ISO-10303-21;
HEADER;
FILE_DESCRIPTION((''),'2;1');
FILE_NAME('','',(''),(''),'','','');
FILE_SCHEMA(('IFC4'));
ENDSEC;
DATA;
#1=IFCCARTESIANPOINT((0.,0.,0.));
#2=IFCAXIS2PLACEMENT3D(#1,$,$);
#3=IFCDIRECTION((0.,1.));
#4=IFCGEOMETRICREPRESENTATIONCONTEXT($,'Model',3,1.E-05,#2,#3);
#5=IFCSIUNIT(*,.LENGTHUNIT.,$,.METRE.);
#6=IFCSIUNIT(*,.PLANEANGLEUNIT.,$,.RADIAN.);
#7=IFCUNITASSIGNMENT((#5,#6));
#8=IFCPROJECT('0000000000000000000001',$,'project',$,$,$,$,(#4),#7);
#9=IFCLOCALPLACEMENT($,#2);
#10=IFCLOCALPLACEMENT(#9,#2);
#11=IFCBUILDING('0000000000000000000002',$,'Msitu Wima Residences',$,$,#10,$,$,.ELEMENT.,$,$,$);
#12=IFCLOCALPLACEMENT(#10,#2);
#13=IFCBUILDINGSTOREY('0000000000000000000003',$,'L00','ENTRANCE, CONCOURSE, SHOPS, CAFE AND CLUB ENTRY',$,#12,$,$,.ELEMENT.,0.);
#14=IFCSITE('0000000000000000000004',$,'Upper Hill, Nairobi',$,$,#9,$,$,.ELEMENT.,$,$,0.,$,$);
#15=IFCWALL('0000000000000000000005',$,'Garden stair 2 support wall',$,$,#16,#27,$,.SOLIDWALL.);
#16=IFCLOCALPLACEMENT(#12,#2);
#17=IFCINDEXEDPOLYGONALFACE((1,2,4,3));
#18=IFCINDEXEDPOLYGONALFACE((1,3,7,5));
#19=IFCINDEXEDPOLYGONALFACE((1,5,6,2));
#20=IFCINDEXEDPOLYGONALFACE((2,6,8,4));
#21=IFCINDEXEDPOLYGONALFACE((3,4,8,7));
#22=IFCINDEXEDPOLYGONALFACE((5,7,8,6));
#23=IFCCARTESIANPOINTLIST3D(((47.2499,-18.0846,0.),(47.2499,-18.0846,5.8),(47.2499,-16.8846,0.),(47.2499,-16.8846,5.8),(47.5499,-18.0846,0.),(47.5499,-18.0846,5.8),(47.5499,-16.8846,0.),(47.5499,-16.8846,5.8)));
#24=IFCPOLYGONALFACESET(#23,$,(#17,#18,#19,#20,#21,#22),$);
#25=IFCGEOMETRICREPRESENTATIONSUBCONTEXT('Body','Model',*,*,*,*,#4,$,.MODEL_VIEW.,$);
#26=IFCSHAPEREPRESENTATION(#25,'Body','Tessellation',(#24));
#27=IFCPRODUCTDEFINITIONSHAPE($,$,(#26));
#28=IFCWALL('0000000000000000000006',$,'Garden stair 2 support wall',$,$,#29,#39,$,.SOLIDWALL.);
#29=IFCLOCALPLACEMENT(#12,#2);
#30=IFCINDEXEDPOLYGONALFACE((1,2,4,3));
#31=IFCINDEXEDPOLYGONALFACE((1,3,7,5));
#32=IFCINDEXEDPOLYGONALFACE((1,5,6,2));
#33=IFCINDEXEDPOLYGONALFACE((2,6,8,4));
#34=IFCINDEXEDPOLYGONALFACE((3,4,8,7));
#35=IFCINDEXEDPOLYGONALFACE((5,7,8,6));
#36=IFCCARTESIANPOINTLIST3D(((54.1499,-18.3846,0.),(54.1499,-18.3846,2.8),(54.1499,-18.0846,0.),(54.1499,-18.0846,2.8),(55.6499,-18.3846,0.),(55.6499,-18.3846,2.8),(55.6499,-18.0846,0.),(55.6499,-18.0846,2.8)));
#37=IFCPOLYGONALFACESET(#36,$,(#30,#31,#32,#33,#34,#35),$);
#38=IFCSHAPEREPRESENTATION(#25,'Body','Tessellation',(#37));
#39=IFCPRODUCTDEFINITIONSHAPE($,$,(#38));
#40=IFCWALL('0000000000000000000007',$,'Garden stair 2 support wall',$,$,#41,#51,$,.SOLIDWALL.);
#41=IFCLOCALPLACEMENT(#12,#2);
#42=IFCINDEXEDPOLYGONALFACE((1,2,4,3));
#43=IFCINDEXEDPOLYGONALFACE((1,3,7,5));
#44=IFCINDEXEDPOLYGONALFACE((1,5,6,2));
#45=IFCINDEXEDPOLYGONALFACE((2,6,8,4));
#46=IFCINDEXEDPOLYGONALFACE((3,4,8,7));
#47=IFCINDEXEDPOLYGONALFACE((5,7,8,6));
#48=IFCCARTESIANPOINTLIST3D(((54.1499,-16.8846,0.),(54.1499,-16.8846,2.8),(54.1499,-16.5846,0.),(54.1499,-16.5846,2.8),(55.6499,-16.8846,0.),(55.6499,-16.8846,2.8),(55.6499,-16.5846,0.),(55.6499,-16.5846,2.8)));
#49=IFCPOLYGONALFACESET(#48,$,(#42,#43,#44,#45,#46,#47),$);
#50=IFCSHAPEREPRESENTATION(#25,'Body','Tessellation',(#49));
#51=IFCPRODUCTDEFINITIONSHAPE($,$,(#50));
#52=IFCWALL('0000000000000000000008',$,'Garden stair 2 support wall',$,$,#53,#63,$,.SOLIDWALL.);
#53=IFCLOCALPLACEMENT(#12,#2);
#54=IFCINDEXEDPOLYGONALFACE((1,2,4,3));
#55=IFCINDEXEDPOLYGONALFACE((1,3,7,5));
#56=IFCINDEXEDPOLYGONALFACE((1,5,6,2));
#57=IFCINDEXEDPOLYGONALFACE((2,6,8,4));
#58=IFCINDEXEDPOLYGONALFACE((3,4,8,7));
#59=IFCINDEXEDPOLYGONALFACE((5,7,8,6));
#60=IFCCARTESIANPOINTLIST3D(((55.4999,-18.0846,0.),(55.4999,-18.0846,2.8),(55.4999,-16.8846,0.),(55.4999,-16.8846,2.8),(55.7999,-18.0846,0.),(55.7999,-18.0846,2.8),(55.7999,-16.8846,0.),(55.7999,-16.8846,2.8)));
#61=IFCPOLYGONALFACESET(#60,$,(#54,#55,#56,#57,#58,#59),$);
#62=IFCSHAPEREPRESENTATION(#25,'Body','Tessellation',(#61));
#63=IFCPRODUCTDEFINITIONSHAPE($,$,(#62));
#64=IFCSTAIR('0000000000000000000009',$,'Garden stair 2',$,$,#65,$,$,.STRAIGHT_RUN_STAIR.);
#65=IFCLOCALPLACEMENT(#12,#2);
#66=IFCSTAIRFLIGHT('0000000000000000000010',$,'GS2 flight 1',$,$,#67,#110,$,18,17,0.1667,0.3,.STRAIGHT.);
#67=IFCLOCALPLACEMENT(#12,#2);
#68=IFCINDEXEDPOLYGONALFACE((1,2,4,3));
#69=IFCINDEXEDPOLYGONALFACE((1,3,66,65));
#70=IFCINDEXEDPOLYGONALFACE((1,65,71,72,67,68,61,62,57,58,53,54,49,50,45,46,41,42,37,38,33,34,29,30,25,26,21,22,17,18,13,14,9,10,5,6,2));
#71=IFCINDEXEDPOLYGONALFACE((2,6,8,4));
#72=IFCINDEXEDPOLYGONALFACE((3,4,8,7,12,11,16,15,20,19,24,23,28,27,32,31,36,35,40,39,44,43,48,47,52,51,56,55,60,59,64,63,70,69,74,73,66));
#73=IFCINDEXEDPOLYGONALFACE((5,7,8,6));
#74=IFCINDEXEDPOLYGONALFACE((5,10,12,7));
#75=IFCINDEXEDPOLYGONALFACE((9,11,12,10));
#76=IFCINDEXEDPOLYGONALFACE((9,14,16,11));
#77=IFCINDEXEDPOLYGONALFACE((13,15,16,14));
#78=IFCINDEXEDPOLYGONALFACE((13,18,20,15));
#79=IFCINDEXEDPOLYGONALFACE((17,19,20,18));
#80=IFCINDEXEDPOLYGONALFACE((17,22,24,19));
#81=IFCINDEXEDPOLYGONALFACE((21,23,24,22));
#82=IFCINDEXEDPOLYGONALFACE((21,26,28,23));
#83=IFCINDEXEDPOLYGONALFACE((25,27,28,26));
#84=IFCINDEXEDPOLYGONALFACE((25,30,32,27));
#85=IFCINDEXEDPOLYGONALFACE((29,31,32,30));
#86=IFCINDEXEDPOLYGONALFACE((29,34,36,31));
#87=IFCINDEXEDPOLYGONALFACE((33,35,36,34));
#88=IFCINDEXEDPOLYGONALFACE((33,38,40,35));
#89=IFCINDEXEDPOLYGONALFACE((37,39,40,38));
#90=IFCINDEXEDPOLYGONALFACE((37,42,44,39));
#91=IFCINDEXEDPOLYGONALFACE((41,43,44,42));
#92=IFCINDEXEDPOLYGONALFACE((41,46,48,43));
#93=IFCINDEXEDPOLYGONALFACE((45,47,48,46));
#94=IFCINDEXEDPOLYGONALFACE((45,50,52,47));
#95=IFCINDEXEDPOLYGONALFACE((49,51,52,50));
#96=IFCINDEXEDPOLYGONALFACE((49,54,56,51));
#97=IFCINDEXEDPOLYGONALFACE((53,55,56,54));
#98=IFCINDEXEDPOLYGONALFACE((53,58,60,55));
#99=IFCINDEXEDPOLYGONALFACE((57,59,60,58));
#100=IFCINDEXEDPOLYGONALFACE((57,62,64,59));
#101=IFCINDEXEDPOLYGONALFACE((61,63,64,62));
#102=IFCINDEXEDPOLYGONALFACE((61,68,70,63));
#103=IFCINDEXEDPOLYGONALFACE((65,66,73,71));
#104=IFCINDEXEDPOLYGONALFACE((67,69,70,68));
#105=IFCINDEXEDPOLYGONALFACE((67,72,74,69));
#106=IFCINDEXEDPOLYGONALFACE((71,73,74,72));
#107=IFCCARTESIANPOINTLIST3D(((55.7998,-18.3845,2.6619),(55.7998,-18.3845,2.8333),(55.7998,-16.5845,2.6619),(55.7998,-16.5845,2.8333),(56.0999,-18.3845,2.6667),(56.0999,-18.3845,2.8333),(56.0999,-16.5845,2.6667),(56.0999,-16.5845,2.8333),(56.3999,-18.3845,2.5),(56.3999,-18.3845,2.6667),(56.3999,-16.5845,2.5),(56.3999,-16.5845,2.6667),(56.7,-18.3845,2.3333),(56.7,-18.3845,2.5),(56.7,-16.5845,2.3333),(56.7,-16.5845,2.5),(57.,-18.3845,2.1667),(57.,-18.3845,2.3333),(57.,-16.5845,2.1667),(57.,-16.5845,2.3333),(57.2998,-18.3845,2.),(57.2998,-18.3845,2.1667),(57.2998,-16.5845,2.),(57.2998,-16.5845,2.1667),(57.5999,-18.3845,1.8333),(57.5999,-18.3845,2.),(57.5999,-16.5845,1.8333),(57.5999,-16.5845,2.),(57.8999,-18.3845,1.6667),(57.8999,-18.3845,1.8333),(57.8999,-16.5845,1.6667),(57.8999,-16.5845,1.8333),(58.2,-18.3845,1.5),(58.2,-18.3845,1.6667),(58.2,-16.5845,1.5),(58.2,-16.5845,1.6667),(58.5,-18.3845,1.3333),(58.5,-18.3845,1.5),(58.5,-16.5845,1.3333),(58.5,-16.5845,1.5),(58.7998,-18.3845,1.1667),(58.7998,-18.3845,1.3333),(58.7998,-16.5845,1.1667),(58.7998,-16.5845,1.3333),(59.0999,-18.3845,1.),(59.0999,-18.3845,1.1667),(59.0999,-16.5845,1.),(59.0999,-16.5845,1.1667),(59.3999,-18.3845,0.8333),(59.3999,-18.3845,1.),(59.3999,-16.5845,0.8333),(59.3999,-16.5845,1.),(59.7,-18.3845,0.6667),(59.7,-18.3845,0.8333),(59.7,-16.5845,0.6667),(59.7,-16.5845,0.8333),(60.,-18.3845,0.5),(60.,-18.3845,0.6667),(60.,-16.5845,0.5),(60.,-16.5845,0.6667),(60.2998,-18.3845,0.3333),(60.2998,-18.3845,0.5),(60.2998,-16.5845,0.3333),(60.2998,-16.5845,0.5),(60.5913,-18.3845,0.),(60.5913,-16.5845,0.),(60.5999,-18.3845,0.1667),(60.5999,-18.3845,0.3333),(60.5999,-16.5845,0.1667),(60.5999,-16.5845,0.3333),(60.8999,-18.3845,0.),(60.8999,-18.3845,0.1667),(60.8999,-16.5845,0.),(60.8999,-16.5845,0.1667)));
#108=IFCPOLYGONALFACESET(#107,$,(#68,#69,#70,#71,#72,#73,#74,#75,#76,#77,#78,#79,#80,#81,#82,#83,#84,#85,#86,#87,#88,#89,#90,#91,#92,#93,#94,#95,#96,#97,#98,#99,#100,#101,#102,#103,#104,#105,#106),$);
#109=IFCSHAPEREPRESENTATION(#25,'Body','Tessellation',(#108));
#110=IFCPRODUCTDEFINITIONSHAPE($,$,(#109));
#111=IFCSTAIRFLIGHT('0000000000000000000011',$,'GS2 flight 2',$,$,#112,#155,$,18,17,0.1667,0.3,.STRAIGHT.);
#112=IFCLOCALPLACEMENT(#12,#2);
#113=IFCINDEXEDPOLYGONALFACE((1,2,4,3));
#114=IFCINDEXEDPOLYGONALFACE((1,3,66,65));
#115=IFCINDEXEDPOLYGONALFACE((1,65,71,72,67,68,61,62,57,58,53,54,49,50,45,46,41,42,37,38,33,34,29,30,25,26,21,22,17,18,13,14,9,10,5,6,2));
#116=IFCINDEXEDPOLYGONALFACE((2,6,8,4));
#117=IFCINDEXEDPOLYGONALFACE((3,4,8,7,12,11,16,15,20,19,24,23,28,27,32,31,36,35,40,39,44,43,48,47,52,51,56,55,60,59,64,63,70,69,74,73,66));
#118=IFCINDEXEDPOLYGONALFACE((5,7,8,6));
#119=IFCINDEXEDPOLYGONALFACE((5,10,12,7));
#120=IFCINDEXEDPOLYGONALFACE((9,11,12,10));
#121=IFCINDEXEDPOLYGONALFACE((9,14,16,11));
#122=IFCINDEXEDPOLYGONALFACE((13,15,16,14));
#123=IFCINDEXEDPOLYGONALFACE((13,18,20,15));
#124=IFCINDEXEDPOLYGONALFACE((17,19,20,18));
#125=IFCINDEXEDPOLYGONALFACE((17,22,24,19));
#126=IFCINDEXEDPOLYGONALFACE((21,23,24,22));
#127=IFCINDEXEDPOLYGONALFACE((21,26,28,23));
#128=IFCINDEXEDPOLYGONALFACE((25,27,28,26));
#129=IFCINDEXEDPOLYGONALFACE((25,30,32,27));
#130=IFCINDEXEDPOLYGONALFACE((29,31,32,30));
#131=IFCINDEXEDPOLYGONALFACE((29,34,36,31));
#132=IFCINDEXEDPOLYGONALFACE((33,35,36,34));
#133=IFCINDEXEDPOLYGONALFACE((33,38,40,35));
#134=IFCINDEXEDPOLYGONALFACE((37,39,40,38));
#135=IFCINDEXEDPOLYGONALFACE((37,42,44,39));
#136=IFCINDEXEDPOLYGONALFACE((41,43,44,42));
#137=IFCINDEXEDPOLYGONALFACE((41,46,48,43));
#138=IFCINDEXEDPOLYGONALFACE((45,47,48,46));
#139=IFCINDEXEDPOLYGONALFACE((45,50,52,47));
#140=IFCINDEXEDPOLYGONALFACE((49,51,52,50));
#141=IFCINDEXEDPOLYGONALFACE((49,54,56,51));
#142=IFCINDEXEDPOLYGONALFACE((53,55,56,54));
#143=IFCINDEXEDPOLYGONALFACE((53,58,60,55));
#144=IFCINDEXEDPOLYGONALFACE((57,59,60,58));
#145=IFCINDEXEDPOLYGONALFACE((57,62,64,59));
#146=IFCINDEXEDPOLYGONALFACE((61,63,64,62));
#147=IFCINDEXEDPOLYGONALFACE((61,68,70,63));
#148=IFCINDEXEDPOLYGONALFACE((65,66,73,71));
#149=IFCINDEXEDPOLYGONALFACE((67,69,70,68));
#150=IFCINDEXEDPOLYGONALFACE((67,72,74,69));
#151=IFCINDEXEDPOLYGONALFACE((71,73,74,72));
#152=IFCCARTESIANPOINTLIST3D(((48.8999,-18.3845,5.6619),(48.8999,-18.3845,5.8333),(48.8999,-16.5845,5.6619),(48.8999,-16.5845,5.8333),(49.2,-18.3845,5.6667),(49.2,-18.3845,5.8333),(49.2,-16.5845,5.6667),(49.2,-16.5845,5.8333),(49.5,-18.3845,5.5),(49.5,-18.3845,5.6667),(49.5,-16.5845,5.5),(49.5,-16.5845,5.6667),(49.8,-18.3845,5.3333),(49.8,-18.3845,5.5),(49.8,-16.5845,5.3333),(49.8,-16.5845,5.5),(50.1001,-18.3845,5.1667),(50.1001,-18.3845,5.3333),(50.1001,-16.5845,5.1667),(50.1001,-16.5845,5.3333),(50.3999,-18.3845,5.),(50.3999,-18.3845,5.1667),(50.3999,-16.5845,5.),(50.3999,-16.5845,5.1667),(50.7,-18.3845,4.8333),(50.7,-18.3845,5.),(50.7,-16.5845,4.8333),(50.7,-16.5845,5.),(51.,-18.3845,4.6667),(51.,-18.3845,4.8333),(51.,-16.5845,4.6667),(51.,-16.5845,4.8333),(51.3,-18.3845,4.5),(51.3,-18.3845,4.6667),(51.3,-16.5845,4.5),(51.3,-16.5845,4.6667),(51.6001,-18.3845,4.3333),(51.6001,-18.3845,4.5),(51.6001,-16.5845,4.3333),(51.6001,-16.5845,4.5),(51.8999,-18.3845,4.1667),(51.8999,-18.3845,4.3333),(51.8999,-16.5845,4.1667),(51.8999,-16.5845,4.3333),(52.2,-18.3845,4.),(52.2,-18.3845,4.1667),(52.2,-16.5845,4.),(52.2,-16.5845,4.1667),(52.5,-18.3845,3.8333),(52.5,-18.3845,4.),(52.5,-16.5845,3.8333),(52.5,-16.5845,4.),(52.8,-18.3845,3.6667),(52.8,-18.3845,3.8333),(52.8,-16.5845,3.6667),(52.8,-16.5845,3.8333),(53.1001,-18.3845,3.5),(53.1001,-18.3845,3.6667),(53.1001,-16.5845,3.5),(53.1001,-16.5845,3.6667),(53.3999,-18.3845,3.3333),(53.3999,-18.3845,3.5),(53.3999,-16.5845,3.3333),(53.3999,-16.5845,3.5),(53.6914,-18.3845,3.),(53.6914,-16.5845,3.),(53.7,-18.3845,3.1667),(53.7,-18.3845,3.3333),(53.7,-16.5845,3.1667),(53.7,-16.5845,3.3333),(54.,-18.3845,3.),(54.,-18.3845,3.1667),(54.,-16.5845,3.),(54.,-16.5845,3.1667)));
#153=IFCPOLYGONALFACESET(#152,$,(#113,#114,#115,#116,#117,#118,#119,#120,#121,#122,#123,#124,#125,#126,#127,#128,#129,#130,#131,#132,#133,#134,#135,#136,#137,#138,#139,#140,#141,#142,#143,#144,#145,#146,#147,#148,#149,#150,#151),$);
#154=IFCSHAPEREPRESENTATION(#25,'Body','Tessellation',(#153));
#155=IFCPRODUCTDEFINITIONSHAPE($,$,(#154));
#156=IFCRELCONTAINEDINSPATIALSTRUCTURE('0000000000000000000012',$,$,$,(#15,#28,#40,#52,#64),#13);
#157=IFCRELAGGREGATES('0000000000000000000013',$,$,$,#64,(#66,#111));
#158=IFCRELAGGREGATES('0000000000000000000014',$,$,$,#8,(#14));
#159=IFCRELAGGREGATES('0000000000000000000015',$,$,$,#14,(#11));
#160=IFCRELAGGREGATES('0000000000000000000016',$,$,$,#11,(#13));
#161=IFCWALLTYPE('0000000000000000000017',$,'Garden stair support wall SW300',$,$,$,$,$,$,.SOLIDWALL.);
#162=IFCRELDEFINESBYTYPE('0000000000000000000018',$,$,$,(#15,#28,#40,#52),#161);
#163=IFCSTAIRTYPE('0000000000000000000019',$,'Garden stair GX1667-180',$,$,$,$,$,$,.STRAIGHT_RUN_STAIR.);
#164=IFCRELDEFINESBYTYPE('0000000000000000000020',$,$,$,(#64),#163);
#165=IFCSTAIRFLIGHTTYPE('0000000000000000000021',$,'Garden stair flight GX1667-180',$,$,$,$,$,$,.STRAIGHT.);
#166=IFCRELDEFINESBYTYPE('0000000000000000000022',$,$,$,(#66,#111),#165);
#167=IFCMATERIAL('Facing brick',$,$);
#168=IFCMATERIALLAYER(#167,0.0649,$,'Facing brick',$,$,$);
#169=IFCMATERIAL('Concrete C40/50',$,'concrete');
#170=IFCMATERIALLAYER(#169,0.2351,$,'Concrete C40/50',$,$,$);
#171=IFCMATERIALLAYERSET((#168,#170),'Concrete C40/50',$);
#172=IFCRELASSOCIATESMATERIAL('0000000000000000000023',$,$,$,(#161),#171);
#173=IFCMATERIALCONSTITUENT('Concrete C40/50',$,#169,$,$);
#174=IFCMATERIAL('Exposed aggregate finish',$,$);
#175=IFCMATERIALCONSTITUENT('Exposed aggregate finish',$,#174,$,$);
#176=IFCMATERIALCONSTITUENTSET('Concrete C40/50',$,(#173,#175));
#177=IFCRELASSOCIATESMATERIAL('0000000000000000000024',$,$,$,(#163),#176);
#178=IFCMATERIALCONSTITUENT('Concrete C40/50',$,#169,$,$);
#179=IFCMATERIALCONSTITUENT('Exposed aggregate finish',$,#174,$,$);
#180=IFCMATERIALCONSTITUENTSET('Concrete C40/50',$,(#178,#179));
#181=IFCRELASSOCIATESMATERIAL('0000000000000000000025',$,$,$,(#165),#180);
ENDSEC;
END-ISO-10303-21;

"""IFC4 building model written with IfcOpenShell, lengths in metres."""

from ifc_helpers import new_model, si_unit, direction, frame, frame_2d, origin, place, context, subcontext, project, spatial, polyline, rectangle, outline, extrude, material, layer, layer_set, constituent, constituent_set, type_object, element, aggregate, save


model = new_model("IFC4")

# Units and contexts
model_context = context("Model", 3, precision=1e-05, world=origin(), true_north=direction((0.0, 1.0)))
body_context = subcontext(model_context, "Body", "Model", "MODEL_VIEW")
ifc_project = project(units=[si_unit("LENGTHUNIT", "METRE"), si_unit("PLANEANGLEUNIT", "RADIAN")], contexts=[model_context])

# Site, building, storey
site_placement = place(None, origin())
site = spatial("IfcSite", under=ifc_project, at=site_placement, Name="Upper Hill, Nairobi", CompositionType="ELEMENT", RefElevation=0.0)
building_placement = place(site_placement, origin())
building = spatial("IfcBuilding", under=site, at=building_placement, Name="Msitu Wima Residences", CompositionType="ELEMENT")
storey_placement = place(building_placement, origin())
storey = spatial("IfcBuildingStorey", under=building, at=storey_placement, Name="L00", Description="ENTRANCE, CONCOURSE, SHOPS, CAFE AND CLUB ENTRY", CompositionType="ELEMENT", Elevation=0.0)

# Walls
ifc_material_1 = material(Name="Facing brick")
ifc_layer_1 = layer(ifc_material_1, 0.0649, Name="Facing brick")
ifc_material_2 = material(Name="Concrete C40/50", Category="concrete")
ifc_layer_2 = layer(ifc_material_2, 0.2351, Name="Concrete C40/50")
ifc_layer_set_1 = layer_set([ifc_layer_1, ifc_layer_2], Name="Concrete C40/50")
wall_type_1 = type_object("IfcWallType", Name="Garden stair support wall SW300", PredefinedType="SOLIDWALL", material=ifc_layer_set_1)
wall_1_placement = place(storey_placement, frame((47.3999, -18.0847, 0.0), z_axis=(0.0, 0.0, 1.0), x_axis=(0.0, 1.0, 0.0)))
element("IfcWall", 1, at=wall_1_placement, inside=storey, type_object=wall_type_1, Name="Garden stair 2 support wall", PredefinedType="SOLIDWALL", context=body_context, shape_type="SweptSolid", body=[
    extrude(rectangle(XDim=1.2, YDim=0.3, at=frame_2d((0.6001, 0.0))), origin(), (0.0, 0.0, 1.0), 5.8),
])
for number, where, z_axis, x_axis, name in (
    (2, (54.1499, -18.2346, 0.0), (0.0, 0.0, 1.0), (1.0, 0.0, 0.0), "Garden stair 2 support wall"),
    (3, (54.1499, -16.7346, 0.0), (0.0, 0.0, 1.0), (1.0, 0.0, 0.0), "Garden stair 2 support wall"),
):
    element("IfcWall", number, at=place(storey_placement, frame(where, z_axis=z_axis, x_axis=x_axis)), inside=storey, type_object=wall_type_1, Name=name, PredefinedType="SOLIDWALL", context=body_context, shape_type="SweptSolid", body=[
        extrude(rectangle(XDim=1.5, YDim=0.3, at=frame_2d((0.75, 0.0))), origin(), (0.0, 0.0, 1.0), 2.8),
    ])
wall_2_placement = place(storey_placement, frame((55.6499, -18.0847, 0.0), z_axis=(0.0, 0.0, 1.0), x_axis=(0.0, 1.0, 0.0)))
element("IfcWall", 4, at=wall_2_placement, inside=storey, type_object=wall_type_1, Name="Garden stair 2 support wall", PredefinedType="SOLIDWALL", context=body_context, shape_type="SweptSolid", body=[
    extrude(rectangle(XDim=1.2, YDim=0.3, at=frame_2d((0.6001, 0.0))), origin(), (0.0, 0.0, 1.0), 2.8),
])

# Stair, stair flights
ifc_constituent_1 = constituent(ifc_material_2, Name="Concrete C40/50")
ifc_material_3 = material(Name="Exposed aggregate finish")
ifc_constituent_2 = constituent(ifc_material_3, Name="Exposed aggregate finish")
ifc_constituent_set_1 = constituent_set(constituents=[ifc_constituent_1, ifc_constituent_2], Name="Concrete C40/50")
stair_type = type_object("IfcStairType", Name="Garden stair GX1667-180", PredefinedType="STRAIGHT_RUN_STAIR", material=ifc_constituent_set_1)
stair_placement = place(storey_placement, origin())
stair = element("IfcStair", 5, at=stair_placement, inside=storey, type_object=stair_type, Name="Garden stair 2", PredefinedType="STRAIGHT_RUN_STAIR")
ifc_constituent_3 = constituent(ifc_material_2, Name="Concrete C40/50")
ifc_constituent_4 = constituent(ifc_material_3, Name="Exposed aggregate finish")
ifc_constituent_set_2 = constituent_set(constituents=[ifc_constituent_3, ifc_constituent_4], Name="Concrete C40/50")
stair_flight_type = type_object("IfcStairFlightType", Name="Garden stair flight GX1667-180", PredefinedType="STRAIGHT", material=ifc_constituent_set_2)
stair_flight_1_placement = place(storey_placement, frame((60.8999, -17.4846, 0.0), z_axis=(0.0, 0.0, 1.0), x_axis=(-1.0, 0.0, 0.0)))
stair_flight_1 = element("IfcStairFlight", 6, at=stair_flight_1_placement, type_object=stair_flight_type, Name="GS2 flight 1", NumberOfRisers=18, NumberOfTreads=17, PredefinedType="STRAIGHT", RiserHeight=0.1667, TreadLength=0.3, context=body_context, shape_type="SweptSolid", body=[
    extrude(outline(polyline([(0.0, 0.0), (0.0, 0.1667), (0.3, 0.1667), (0.3, 0.3333), (0.6001, 0.3333), (0.6001, 0.5), (0.8999, 0.5), (0.8999, 0.6667), (1.2, 0.6667), (1.2, 0.8333), (1.5, 0.8333), (1.5, 1.0), (1.8, 1.0), (1.8, 1.1667), (2.1001, 1.1667), (2.1001, 1.3333), (2.3999, 1.3333), (2.3999, 1.5), (2.7, 1.5), (2.7, 1.6667), (3.0, 1.6667), (3.0, 1.8333), (3.3, 1.8333), (3.3, 2.0), (3.6001, 2.0), (3.6001, 2.1667), (3.8999, 2.1667), (3.8999, 2.3333), (4.2, 2.3333), (4.2, 2.5), (4.5, 2.5), (4.5, 2.6667), (4.8, 2.6667), (4.8, 2.8333), (5.1001, 2.8333), (5.1001, 3.0), (5.1001, 2.6619), (0.3086, 0.0), (0.0, 0.0)])), frame((0.0, 0.8999, 0.0), z_axis=(0.0, -1.0, 0.0), x_axis=(1.0, 0.0, 0.0)), (0.0, 0.0, 1.0), 1.8),
])
stair_flight_2_placement = place(storey_placement, frame((54.0, -17.4846, 3.0), z_axis=(0.0, 0.0, 1.0), x_axis=(-1.0, 0.0, 0.0)))
stair_flight_2 = element("IfcStairFlight", 7, at=stair_flight_2_placement, type_object=stair_flight_type, Name="GS2 flight 2", NumberOfRisers=18, NumberOfTreads=17, PredefinedType="STRAIGHT", RiserHeight=0.1667, TreadLength=0.3, context=body_context, shape_type="SweptSolid", body=[
    extrude(outline(polyline([(0.0, 0.0), (0.0, 0.1667), (0.3, 0.1667), (0.3, 0.3333), (0.6001, 0.3333), (0.6001, 0.5), (0.8999, 0.5), (0.8999, 0.6667), (1.2, 0.6667), (1.2, 0.8333), (1.5, 0.8333), (1.5, 1.0), (1.8, 1.0), (1.8, 1.1667), (2.1001, 1.1667), (2.1001, 1.3333), (2.3999, 1.3333), (2.3999, 1.5), (2.7, 1.5), (2.7, 1.6667), (3.0, 1.6667), (3.0, 1.8333), (3.3, 1.8333), (3.3, 2.0), (3.6001, 2.0), (3.6001, 2.1667), (3.8999, 2.1667), (3.8999, 2.3333), (4.2, 2.3333), (4.2, 2.5), (4.5, 2.5), (4.5, 2.6667), (4.8, 2.6667), (4.8, 2.8333), (5.1001, 2.8333), (5.1001, 3.0), (5.1001, 2.6619), (0.3086, 0.0), (0.0, 0.0)])), frame((0.0, 0.8999, 0.0), z_axis=(0.0, -1.0, 0.0), x_axis=(1.0, 0.0, 0.0)), (0.0, 0.0, 1.0), 1.8),
])
aggregate(stair, [stair_flight_1, stair_flight_2])

save(model, "model.ifc")
